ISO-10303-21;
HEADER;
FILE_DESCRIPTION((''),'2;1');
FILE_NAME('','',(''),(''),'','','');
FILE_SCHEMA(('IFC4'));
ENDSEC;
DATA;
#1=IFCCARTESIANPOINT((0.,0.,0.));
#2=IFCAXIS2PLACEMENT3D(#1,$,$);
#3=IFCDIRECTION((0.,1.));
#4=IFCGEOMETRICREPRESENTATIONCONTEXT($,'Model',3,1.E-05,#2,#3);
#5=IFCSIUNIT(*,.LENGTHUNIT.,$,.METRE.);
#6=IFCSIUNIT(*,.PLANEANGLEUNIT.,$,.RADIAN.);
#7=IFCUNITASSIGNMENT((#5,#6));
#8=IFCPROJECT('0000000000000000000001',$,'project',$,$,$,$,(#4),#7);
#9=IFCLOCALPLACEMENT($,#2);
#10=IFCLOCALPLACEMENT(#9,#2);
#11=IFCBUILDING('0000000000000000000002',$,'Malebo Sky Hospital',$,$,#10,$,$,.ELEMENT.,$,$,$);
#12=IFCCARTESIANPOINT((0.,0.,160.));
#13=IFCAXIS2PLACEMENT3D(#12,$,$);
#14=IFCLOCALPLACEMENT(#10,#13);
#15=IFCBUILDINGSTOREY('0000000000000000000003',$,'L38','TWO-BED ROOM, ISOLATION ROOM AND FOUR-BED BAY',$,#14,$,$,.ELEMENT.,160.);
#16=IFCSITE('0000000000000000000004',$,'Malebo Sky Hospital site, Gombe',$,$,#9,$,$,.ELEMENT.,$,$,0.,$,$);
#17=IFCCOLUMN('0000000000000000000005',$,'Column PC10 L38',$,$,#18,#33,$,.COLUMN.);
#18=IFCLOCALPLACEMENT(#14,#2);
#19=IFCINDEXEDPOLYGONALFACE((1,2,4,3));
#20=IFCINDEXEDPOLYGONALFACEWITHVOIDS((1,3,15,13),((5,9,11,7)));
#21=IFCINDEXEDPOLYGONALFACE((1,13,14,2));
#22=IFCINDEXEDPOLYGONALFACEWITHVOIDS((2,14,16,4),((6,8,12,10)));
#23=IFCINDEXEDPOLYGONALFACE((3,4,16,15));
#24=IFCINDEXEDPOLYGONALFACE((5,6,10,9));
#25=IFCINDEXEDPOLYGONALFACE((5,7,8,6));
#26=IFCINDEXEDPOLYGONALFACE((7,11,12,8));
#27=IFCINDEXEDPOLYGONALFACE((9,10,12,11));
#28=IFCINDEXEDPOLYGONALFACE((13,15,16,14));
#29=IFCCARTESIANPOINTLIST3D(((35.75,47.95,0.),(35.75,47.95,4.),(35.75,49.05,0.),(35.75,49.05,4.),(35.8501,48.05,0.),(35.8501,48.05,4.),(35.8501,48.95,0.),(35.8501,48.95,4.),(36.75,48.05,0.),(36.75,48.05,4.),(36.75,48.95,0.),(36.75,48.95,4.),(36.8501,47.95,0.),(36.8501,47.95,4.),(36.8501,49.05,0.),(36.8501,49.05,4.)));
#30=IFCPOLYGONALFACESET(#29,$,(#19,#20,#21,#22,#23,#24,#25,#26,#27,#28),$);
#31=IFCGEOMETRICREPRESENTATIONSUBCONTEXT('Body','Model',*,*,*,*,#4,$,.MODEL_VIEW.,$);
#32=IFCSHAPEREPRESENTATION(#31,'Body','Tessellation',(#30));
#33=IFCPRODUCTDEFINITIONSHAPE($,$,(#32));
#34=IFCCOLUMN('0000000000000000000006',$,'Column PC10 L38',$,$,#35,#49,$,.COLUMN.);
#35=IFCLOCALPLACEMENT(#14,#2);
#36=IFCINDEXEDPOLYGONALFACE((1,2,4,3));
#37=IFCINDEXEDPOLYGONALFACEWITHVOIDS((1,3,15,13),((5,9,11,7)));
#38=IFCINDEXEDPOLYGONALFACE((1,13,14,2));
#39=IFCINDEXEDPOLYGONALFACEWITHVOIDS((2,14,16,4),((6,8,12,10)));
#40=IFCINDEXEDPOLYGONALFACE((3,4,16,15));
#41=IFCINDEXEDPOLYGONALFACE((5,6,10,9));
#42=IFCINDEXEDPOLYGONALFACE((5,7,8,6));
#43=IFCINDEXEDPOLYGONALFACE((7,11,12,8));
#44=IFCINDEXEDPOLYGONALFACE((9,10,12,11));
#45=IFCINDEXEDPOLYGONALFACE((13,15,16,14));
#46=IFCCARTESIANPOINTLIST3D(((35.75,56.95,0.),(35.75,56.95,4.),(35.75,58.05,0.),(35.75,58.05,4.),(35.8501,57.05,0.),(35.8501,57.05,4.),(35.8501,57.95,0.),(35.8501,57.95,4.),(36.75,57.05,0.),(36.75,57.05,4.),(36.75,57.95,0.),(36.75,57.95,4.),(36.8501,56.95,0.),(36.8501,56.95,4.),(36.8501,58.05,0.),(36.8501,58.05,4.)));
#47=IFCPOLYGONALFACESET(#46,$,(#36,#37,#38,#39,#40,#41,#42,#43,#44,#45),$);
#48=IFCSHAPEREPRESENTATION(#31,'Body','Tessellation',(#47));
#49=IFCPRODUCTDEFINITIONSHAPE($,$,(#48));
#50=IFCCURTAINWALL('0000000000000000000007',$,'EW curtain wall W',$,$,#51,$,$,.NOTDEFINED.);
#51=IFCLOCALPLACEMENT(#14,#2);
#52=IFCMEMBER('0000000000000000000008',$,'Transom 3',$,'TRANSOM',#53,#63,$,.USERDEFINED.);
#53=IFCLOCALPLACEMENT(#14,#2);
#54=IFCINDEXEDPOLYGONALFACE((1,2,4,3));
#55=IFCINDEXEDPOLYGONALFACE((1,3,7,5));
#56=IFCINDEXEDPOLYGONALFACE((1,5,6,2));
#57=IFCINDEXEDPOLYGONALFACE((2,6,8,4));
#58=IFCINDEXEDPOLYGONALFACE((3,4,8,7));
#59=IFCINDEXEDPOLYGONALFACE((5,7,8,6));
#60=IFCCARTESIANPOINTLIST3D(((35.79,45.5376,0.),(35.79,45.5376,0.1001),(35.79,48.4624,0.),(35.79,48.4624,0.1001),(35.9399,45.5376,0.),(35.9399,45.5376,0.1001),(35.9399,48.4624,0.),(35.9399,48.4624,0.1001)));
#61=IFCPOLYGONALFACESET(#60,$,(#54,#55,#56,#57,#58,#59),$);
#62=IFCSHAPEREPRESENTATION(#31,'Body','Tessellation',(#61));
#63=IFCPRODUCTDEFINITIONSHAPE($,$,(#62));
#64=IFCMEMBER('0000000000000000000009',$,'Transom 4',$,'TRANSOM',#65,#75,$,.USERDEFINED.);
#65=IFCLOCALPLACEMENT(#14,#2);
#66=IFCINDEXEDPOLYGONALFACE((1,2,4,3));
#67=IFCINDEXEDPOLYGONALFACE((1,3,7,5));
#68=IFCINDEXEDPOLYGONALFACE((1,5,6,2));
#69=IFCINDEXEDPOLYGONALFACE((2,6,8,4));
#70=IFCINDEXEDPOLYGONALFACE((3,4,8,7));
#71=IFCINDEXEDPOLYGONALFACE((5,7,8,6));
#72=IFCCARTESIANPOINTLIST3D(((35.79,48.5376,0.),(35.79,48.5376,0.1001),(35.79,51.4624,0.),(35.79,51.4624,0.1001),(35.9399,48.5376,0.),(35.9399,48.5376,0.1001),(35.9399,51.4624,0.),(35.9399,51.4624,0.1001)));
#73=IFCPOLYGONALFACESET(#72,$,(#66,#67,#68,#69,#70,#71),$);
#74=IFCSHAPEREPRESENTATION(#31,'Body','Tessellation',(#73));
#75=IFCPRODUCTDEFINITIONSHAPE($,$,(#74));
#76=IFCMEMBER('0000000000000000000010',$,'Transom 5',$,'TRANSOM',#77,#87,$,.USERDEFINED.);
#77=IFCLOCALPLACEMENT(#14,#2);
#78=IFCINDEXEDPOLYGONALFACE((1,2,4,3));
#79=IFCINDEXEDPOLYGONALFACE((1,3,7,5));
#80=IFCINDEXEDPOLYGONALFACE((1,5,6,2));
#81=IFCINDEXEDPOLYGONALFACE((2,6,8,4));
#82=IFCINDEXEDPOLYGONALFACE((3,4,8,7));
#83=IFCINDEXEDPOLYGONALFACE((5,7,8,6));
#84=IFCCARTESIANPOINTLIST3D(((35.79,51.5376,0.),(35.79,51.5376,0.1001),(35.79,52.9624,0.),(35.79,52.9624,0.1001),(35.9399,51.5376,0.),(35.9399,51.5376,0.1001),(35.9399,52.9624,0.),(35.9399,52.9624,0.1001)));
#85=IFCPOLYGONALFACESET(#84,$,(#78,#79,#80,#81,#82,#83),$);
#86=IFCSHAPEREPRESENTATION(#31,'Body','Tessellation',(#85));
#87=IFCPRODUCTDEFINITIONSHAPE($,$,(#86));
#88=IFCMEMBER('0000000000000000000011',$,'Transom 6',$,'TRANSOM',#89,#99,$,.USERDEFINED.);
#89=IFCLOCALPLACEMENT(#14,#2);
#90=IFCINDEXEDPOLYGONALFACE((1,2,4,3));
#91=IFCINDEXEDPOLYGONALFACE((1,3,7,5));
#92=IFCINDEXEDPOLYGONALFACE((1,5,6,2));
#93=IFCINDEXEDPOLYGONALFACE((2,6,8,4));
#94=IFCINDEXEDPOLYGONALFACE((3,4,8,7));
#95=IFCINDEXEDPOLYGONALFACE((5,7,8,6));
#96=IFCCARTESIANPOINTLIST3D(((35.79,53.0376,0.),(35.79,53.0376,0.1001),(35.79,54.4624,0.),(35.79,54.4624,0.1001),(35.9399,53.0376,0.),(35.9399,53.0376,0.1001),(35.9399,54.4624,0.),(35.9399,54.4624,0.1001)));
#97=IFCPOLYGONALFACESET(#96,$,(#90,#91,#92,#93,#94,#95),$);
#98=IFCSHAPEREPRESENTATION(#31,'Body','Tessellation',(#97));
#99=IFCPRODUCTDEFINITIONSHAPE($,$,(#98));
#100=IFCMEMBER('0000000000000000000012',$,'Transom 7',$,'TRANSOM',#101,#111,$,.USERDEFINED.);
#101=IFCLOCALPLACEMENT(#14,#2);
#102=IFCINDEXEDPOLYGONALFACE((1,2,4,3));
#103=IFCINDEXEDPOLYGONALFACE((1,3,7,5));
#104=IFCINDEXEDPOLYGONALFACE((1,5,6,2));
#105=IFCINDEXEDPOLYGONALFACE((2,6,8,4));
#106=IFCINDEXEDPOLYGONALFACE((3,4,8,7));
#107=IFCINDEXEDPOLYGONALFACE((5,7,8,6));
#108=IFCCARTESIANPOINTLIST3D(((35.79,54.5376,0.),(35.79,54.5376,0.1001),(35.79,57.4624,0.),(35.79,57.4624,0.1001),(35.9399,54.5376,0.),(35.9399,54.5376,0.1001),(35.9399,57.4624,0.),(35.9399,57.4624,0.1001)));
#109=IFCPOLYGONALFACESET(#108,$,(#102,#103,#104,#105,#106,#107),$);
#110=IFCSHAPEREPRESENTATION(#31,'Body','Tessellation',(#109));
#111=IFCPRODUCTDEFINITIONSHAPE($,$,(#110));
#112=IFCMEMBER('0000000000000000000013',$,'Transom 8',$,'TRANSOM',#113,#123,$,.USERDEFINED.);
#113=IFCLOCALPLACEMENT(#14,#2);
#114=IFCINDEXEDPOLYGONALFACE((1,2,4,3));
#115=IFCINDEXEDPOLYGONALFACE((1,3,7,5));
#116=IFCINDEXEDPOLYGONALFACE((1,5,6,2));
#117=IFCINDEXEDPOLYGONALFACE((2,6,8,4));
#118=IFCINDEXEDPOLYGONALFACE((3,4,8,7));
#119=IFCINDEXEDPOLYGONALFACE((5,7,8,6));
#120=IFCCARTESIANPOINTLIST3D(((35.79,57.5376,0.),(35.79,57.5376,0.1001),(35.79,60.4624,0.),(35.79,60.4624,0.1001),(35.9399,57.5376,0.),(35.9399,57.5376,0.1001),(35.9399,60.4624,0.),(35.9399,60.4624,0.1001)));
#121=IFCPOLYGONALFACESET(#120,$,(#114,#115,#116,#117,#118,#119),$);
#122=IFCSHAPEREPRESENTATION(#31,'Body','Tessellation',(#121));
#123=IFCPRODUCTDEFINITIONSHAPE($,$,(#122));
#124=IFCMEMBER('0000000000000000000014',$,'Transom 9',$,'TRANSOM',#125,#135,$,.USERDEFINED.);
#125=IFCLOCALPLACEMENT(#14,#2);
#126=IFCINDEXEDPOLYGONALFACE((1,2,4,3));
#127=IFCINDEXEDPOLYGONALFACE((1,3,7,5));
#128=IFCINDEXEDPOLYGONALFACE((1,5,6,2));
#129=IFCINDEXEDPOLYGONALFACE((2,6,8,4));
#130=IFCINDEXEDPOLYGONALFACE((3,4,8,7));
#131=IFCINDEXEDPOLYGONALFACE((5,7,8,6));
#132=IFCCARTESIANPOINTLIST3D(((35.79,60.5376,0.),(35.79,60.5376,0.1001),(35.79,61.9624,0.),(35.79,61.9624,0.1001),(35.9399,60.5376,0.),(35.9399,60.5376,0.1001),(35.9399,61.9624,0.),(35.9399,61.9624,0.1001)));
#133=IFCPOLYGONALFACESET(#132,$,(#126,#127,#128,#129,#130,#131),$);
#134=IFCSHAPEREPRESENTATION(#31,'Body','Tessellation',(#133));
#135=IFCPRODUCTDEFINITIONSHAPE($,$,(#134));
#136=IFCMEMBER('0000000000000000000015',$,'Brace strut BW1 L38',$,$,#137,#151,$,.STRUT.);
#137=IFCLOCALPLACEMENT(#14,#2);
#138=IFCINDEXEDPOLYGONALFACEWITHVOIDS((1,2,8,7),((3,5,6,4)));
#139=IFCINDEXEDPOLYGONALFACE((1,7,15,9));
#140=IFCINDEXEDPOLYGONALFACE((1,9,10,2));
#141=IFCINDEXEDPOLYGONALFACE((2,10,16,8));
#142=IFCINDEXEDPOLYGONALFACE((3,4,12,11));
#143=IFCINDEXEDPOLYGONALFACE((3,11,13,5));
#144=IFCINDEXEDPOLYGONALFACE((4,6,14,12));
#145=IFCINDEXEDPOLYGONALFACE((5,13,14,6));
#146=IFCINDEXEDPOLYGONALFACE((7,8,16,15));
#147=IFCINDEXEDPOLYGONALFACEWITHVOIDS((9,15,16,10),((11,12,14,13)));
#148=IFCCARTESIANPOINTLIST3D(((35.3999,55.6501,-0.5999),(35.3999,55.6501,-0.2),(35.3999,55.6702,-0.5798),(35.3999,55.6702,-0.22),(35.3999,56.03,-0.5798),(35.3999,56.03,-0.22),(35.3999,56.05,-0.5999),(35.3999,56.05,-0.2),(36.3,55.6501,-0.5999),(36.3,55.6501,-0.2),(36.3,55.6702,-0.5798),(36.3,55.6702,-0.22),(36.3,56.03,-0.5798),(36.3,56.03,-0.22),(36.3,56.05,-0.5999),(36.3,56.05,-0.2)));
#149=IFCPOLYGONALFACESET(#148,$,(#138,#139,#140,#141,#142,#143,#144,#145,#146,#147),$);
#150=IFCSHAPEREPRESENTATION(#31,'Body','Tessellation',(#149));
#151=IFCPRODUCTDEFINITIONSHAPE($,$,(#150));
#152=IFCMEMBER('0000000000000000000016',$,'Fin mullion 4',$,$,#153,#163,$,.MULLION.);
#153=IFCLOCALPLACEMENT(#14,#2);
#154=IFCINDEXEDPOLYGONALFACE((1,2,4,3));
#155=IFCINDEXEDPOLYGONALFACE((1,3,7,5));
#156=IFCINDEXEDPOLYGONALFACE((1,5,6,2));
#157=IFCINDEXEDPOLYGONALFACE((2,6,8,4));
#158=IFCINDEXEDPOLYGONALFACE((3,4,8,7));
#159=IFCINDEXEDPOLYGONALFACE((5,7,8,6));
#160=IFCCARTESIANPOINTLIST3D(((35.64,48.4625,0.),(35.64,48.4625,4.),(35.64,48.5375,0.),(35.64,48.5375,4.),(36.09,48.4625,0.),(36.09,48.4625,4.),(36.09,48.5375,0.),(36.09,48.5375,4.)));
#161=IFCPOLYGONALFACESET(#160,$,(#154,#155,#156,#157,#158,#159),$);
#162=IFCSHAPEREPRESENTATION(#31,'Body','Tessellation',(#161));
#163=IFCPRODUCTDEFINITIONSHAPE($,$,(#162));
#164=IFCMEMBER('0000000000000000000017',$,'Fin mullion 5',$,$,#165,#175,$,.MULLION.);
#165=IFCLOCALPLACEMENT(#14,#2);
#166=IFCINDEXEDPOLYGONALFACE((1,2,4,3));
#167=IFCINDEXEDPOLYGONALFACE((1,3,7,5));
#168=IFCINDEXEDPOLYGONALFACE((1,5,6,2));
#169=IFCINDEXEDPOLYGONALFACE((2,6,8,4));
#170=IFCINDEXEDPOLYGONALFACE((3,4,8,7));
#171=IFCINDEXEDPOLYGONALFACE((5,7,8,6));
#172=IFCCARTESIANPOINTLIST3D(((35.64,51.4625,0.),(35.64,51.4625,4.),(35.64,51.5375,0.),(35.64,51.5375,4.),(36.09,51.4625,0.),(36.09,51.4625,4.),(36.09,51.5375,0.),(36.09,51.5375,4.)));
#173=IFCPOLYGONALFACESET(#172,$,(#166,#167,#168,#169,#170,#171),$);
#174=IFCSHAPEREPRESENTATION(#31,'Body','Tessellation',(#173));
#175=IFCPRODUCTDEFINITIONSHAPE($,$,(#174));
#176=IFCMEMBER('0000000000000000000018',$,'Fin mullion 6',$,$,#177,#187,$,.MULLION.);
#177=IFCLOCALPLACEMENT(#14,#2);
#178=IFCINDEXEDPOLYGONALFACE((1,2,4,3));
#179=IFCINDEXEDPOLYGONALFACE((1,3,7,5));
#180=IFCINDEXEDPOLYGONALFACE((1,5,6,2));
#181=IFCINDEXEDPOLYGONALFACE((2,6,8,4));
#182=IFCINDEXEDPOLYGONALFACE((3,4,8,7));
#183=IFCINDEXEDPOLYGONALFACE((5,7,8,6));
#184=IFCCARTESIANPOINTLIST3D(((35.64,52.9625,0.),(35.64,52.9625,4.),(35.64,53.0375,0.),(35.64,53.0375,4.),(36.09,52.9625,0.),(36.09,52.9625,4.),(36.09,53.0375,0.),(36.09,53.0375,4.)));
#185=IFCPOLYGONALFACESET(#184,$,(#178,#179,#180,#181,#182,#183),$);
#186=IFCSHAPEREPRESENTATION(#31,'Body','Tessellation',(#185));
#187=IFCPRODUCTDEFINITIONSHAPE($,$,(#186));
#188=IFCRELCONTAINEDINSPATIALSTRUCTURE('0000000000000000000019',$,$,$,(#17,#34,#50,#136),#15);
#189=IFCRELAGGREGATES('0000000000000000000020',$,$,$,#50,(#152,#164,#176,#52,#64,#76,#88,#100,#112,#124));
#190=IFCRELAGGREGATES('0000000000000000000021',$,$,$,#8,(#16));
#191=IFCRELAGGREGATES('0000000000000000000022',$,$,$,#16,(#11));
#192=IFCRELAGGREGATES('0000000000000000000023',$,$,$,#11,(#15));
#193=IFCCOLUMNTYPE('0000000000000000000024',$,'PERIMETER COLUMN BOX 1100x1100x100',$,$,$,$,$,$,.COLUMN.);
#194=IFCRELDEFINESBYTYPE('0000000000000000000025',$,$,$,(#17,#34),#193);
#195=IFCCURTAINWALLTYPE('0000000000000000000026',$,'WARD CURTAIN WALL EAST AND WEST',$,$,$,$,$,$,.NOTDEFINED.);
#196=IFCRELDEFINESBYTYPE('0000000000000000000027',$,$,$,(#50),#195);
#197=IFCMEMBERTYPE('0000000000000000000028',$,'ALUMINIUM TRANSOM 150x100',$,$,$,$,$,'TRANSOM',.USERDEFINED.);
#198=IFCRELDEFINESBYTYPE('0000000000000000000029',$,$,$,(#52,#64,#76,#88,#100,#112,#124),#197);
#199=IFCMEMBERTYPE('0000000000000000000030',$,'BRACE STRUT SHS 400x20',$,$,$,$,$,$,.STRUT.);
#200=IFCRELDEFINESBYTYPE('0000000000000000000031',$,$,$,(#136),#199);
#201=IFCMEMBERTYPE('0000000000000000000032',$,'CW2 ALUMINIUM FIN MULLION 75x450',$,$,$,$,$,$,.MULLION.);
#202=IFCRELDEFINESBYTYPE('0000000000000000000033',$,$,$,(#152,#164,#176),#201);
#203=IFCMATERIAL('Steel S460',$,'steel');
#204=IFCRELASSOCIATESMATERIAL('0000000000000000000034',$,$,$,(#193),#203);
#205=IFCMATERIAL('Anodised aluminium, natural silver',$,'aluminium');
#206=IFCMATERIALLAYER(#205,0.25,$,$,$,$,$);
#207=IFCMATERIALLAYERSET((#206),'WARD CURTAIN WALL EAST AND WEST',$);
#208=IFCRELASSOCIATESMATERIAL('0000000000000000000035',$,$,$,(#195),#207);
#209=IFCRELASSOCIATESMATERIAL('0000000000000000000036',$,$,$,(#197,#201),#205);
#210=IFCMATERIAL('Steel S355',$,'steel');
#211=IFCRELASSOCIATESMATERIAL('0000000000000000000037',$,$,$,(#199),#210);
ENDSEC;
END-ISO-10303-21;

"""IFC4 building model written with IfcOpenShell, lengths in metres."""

from ifc_helpers import new_model, si_unit, direction, frame, origin, origin_2d, place, context, subcontext, project, spatial, rectangle, hollow_rectangle, extrude, material, layer, layer_set, material_profile, profile_set, type_object, element, aggregate, save


model = new_model("IFC4")

# Units and contexts
model_context = context("Model", 3, precision=1e-05, world=origin(), true_north=direction((0.0, 1.0)))
body_context = subcontext(model_context, "Body", "Model", "MODEL_VIEW")
ifc_project = project(units=[si_unit("LENGTHUNIT", "METRE"), si_unit("PLANEANGLEUNIT", "RADIAN")], contexts=[model_context])

# Site, building, storey
site_placement = place(None, origin())
site = spatial("IfcSite", under=ifc_project, at=site_placement, Name="Malebo Sky Hospital site, Gombe", CompositionType="ELEMENT", RefElevation=0.0)
building_placement = place(site_placement, origin())
building = spatial("IfcBuilding", under=site, at=building_placement, Name="Malebo Sky Hospital", CompositionType="ELEMENT")
storey_placement = place(building_placement, frame((0.0, 0.0, 160.0)))
storey = spatial("IfcBuildingStorey", under=building, at=storey_placement, Name="L38", Description="TWO-BED ROOM, ISOLATION ROOM AND FOUR-BED BAY", CompositionType="ELEMENT", Elevation=160.0)

# Columns
ifc_material_1 = material(Name="Steel S460", Category="steel")
ifc_material_profile_1 = material_profile(ifc_material_1, hollow_rectangle(XDim=1.1001, YDim=1.1001, WallThickness=0.1001, at=origin_2d()), Name="BOX 1100x1100x100")
ifc_profile_set_1 = profile_set([ifc_material_profile_1], Name="Steel S460")
column_type = type_object("IfcColumnType", Name="PERIMETER COLUMN BOX 1100x1100x100", PredefinedType="COLUMN", material=ifc_profile_set_1)
for number, where, z_axis, x_axis, name in (
    (1, (36.3, 48.5, 0.0), (0.0, 0.0, 1.0), (1.0, 0.0, 0.0), "Column PC10 L38"),
    (2, (36.3, 57.5, 0.0), (0.0, 0.0, 1.0), (1.0, 0.0, 0.0), "Column PC10 L38"),
):
    element("IfcColumn", number, at=place(storey_placement, frame(where, z_axis=z_axis, x_axis=x_axis)), inside=storey, type_object=column_type, Name=name, PredefinedType="COLUMN", context=body_context, shape_type="SweptSolid", body=[
        extrude(hollow_rectangle(XDim=1.1001, YDim=1.1001, WallThickness=0.1001, at=origin_2d()), origin(), (0.0, 0.0, 1.0), 4.0),
    ])

# Curtain wall, members
ifc_material_2 = material(Name="Anodised aluminium, natural silver", Category="aluminium")
ifc_layer_1 = layer(ifc_material_2, 0.25)
ifc_layer_set_1 = layer_set([ifc_layer_1], Name="WARD CURTAIN WALL EAST AND WEST")
curtain_wall_type = type_object("IfcCurtainWallType", Name="WARD CURTAIN WALL EAST AND WEST", PredefinedType="NOTDEFINED", material=ifc_layer_set_1)
curtain_wall_placement = place(storey_placement, origin())
curtain_wall = element("IfcCurtainWall", 3, at=curtain_wall_placement, inside=storey, type_object=curtain_wall_type, Name="EW curtain wall W", PredefinedType="NOTDEFINED")
ifc_material_profile_2 = material_profile(ifc_material_2, rectangle(XDim=0.1499, YDim=0.1001, at=origin_2d()), Name="ALUMINIUM TRANSOM 150x100")
ifc_profile_set_2 = profile_set([ifc_material_profile_2], Name="Anodised aluminium, natural silver")
member_type_1 = type_object("IfcMemberType", Name="ALUMINIUM TRANSOM 150x100", ElementType="TRANSOM", PredefinedType="USERDEFINED", material=ifc_profile_set_2)
member_1_placement = place(storey_placement, frame((35.865, 45.5376, 0.05), z_axis=(0.0, 1.0, 0.0), x_axis=(-1.0, 0.0, 0.0)))
member_1 = element("IfcMember", 4, at=member_1_placement, type_object=member_type_1, Name="Transom 3", ObjectType="TRANSOM", PredefinedType="USERDEFINED", context=body_context, shape_type="SweptSolid", body=[
    extrude(rectangle(XDim=0.1499, YDim=0.1001, at=origin_2d()), origin(), (0.0, 0.0, 1.0), 2.9248),
])
member_2_placement = place(storey_placement, frame((35.865, 48.5376, 0.05), z_axis=(0.0, 1.0, 0.0), x_axis=(-1.0, 0.0, 0.0)))
member_2 = element("IfcMember", 5, at=member_2_placement, type_object=member_type_1, Name="Transom 4", ObjectType="TRANSOM", PredefinedType="USERDEFINED", context=body_context, shape_type="SweptSolid", body=[
    extrude(rectangle(XDim=0.1499, YDim=0.1001, at=origin_2d()), origin(), (0.0, 0.0, 1.0), 2.9248),
])
member_3_placement = place(storey_placement, frame((35.865, 51.5376, 0.05), z_axis=(0.0, 1.0, 0.0), x_axis=(-1.0, 0.0, 0.0)))
member_3 = element("IfcMember", 6, at=member_3_placement, type_object=member_type_1, Name="Transom 5", ObjectType="TRANSOM", PredefinedType="USERDEFINED", context=body_context, shape_type="SweptSolid", body=[
    extrude(rectangle(XDim=0.1499, YDim=0.1001, at=origin_2d()), origin(), (0.0, 0.0, 1.0), 1.4248),
])
member_4_placement = place(storey_placement, frame((35.865, 53.0376, 0.05), z_axis=(0.0, 1.0, 0.0), x_axis=(-1.0, 0.0, 0.0)))
member_4 = element("IfcMember", 7, at=member_4_placement, type_object=member_type_1, Name="Transom 6", ObjectType="TRANSOM", PredefinedType="USERDEFINED", context=body_context, shape_type="SweptSolid", body=[
    extrude(rectangle(XDim=0.1499, YDim=0.1001, at=origin_2d()), origin(), (0.0, 0.0, 1.0), 1.4248),
])
member_5_placement = place(storey_placement, frame((35.865, 54.5376, 0.05), z_axis=(0.0, 1.0, 0.0), x_axis=(-1.0, 0.0, 0.0)))
member_5 = element("IfcMember", 8, at=member_5_placement, type_object=member_type_1, Name="Transom 7", ObjectType="TRANSOM", PredefinedType="USERDEFINED", context=body_context, shape_type="SweptSolid", body=[
    extrude(rectangle(XDim=0.1499, YDim=0.1001, at=origin_2d()), origin(), (0.0, 0.0, 1.0), 2.9248),
])
member_6_placement = place(storey_placement, frame((35.865, 57.5376, 0.05), z_axis=(0.0, 1.0, 0.0), x_axis=(-1.0, 0.0, 0.0)))
member_6 = element("IfcMember", 9, at=member_6_placement, type_object=member_type_1, Name="Transom 8", ObjectType="TRANSOM", PredefinedType="USERDEFINED", context=body_context, shape_type="SweptSolid", body=[
    extrude(rectangle(XDim=0.1499, YDim=0.1001, at=origin_2d()), origin(), (0.0, 0.0, 1.0), 2.9248),
])
member_7_placement = place(storey_placement, frame((35.865, 60.5376, 0.05), z_axis=(0.0, 1.0, 0.0), x_axis=(-1.0, 0.0, 0.0)))
member_7 = element("IfcMember", 10, at=member_7_placement, type_object=member_type_1, Name="Transom 9", ObjectType="TRANSOM", PredefinedType="USERDEFINED", context=body_context, shape_type="SweptSolid", body=[
    extrude(rectangle(XDim=0.1499, YDim=0.1001, at=origin_2d()), origin(), (0.0, 0.0, 1.0), 1.4248),
])

# Members
ifc_material_3 = material(Name="Steel S355", Category="steel")
ifc_material_profile_3 = material_profile(ifc_material_3, hollow_rectangle(XDim=0.3999, YDim=0.3999, WallThickness=0.02, at=origin_2d()), Name="SHS 400x20")
ifc_profile_set_3 = profile_set([ifc_material_profile_3], Name="Steel S355")
member_type_2 = type_object("IfcMemberType", Name="BRACE STRUT SHS 400x20", PredefinedType="STRUT", material=ifc_profile_set_3)
member_8_placement = place(storey_placement, frame((35.3999, 55.8501, -0.3999), z_axis=(1.0, 0.0, 0.0), x_axis=(0.0, 1.0, 0.0)))
element("IfcMember", 11, at=member_8_placement, inside=storey, type_object=member_type_2, Name="Brace strut BW1 L38", PredefinedType="STRUT", context=body_context, shape_type="SweptSolid", body=[
    extrude(hollow_rectangle(XDim=0.3999, YDim=0.3999, WallThickness=0.02, at=origin_2d()), origin(), (0.0, 0.0, 1.0), 0.9001),
])
ifc_material_profile_4 = material_profile(ifc_material_2, rectangle(XDim=0.075, YDim=0.45, at=origin_2d()), Name="CW2 ALUMINIUM FIN MULLION 75x450")
ifc_profile_set_4 = profile_set([ifc_material_profile_4], Name="Anodised aluminium, natural silver")
member_type_3 = type_object("IfcMemberType", Name="CW2 ALUMINIUM FIN MULLION 75x450", PredefinedType="MULLION", material=ifc_profile_set_4)
member_9_placement = place(storey_placement, frame((35.865, 48.5, 0.0), z_axis=(0.0, 0.0, 1.0), x_axis=(0.0, 1.0, 0.0)))
member_9 = element("IfcMember", 12, at=member_9_placement, type_object=member_type_3, Name="Fin mullion 4", PredefinedType="MULLION", context=body_context, shape_type="SweptSolid", body=[
    extrude(rectangle(XDim=0.075, YDim=0.45, at=origin_2d()), origin(), (0.0, 0.0, 1.0), 4.0),
])
member_10_placement = place(storey_placement, frame((35.865, 51.5, 0.0), z_axis=(0.0, 0.0, 1.0), x_axis=(0.0, 1.0, 0.0)))
member_10 = element("IfcMember", 13, at=member_10_placement, type_object=member_type_3, Name="Fin mullion 5", PredefinedType="MULLION", context=body_context, shape_type="SweptSolid", body=[
    extrude(rectangle(XDim=0.075, YDim=0.45, at=origin_2d()), origin(), (0.0, 0.0, 1.0), 4.0),
])
member_11_placement = place(storey_placement, frame((35.865, 53.0, 0.0), z_axis=(0.0, 0.0, 1.0), x_axis=(0.0, 1.0, 0.0)))
member_11 = element("IfcMember", 14, at=member_11_placement, type_object=member_type_3, Name="Fin mullion 6", PredefinedType="MULLION", context=body_context, shape_type="SweptSolid", body=[
    extrude(rectangle(XDim=0.075, YDim=0.45, at=origin_2d()), origin(), (0.0, 0.0, 1.0), 4.0),
])

aggregate(curtain_wall, [member_9, member_10, member_11, member_1, member_2, member_3, member_4, member_5, member_6, member_7])

save(model, "model.ifc")
